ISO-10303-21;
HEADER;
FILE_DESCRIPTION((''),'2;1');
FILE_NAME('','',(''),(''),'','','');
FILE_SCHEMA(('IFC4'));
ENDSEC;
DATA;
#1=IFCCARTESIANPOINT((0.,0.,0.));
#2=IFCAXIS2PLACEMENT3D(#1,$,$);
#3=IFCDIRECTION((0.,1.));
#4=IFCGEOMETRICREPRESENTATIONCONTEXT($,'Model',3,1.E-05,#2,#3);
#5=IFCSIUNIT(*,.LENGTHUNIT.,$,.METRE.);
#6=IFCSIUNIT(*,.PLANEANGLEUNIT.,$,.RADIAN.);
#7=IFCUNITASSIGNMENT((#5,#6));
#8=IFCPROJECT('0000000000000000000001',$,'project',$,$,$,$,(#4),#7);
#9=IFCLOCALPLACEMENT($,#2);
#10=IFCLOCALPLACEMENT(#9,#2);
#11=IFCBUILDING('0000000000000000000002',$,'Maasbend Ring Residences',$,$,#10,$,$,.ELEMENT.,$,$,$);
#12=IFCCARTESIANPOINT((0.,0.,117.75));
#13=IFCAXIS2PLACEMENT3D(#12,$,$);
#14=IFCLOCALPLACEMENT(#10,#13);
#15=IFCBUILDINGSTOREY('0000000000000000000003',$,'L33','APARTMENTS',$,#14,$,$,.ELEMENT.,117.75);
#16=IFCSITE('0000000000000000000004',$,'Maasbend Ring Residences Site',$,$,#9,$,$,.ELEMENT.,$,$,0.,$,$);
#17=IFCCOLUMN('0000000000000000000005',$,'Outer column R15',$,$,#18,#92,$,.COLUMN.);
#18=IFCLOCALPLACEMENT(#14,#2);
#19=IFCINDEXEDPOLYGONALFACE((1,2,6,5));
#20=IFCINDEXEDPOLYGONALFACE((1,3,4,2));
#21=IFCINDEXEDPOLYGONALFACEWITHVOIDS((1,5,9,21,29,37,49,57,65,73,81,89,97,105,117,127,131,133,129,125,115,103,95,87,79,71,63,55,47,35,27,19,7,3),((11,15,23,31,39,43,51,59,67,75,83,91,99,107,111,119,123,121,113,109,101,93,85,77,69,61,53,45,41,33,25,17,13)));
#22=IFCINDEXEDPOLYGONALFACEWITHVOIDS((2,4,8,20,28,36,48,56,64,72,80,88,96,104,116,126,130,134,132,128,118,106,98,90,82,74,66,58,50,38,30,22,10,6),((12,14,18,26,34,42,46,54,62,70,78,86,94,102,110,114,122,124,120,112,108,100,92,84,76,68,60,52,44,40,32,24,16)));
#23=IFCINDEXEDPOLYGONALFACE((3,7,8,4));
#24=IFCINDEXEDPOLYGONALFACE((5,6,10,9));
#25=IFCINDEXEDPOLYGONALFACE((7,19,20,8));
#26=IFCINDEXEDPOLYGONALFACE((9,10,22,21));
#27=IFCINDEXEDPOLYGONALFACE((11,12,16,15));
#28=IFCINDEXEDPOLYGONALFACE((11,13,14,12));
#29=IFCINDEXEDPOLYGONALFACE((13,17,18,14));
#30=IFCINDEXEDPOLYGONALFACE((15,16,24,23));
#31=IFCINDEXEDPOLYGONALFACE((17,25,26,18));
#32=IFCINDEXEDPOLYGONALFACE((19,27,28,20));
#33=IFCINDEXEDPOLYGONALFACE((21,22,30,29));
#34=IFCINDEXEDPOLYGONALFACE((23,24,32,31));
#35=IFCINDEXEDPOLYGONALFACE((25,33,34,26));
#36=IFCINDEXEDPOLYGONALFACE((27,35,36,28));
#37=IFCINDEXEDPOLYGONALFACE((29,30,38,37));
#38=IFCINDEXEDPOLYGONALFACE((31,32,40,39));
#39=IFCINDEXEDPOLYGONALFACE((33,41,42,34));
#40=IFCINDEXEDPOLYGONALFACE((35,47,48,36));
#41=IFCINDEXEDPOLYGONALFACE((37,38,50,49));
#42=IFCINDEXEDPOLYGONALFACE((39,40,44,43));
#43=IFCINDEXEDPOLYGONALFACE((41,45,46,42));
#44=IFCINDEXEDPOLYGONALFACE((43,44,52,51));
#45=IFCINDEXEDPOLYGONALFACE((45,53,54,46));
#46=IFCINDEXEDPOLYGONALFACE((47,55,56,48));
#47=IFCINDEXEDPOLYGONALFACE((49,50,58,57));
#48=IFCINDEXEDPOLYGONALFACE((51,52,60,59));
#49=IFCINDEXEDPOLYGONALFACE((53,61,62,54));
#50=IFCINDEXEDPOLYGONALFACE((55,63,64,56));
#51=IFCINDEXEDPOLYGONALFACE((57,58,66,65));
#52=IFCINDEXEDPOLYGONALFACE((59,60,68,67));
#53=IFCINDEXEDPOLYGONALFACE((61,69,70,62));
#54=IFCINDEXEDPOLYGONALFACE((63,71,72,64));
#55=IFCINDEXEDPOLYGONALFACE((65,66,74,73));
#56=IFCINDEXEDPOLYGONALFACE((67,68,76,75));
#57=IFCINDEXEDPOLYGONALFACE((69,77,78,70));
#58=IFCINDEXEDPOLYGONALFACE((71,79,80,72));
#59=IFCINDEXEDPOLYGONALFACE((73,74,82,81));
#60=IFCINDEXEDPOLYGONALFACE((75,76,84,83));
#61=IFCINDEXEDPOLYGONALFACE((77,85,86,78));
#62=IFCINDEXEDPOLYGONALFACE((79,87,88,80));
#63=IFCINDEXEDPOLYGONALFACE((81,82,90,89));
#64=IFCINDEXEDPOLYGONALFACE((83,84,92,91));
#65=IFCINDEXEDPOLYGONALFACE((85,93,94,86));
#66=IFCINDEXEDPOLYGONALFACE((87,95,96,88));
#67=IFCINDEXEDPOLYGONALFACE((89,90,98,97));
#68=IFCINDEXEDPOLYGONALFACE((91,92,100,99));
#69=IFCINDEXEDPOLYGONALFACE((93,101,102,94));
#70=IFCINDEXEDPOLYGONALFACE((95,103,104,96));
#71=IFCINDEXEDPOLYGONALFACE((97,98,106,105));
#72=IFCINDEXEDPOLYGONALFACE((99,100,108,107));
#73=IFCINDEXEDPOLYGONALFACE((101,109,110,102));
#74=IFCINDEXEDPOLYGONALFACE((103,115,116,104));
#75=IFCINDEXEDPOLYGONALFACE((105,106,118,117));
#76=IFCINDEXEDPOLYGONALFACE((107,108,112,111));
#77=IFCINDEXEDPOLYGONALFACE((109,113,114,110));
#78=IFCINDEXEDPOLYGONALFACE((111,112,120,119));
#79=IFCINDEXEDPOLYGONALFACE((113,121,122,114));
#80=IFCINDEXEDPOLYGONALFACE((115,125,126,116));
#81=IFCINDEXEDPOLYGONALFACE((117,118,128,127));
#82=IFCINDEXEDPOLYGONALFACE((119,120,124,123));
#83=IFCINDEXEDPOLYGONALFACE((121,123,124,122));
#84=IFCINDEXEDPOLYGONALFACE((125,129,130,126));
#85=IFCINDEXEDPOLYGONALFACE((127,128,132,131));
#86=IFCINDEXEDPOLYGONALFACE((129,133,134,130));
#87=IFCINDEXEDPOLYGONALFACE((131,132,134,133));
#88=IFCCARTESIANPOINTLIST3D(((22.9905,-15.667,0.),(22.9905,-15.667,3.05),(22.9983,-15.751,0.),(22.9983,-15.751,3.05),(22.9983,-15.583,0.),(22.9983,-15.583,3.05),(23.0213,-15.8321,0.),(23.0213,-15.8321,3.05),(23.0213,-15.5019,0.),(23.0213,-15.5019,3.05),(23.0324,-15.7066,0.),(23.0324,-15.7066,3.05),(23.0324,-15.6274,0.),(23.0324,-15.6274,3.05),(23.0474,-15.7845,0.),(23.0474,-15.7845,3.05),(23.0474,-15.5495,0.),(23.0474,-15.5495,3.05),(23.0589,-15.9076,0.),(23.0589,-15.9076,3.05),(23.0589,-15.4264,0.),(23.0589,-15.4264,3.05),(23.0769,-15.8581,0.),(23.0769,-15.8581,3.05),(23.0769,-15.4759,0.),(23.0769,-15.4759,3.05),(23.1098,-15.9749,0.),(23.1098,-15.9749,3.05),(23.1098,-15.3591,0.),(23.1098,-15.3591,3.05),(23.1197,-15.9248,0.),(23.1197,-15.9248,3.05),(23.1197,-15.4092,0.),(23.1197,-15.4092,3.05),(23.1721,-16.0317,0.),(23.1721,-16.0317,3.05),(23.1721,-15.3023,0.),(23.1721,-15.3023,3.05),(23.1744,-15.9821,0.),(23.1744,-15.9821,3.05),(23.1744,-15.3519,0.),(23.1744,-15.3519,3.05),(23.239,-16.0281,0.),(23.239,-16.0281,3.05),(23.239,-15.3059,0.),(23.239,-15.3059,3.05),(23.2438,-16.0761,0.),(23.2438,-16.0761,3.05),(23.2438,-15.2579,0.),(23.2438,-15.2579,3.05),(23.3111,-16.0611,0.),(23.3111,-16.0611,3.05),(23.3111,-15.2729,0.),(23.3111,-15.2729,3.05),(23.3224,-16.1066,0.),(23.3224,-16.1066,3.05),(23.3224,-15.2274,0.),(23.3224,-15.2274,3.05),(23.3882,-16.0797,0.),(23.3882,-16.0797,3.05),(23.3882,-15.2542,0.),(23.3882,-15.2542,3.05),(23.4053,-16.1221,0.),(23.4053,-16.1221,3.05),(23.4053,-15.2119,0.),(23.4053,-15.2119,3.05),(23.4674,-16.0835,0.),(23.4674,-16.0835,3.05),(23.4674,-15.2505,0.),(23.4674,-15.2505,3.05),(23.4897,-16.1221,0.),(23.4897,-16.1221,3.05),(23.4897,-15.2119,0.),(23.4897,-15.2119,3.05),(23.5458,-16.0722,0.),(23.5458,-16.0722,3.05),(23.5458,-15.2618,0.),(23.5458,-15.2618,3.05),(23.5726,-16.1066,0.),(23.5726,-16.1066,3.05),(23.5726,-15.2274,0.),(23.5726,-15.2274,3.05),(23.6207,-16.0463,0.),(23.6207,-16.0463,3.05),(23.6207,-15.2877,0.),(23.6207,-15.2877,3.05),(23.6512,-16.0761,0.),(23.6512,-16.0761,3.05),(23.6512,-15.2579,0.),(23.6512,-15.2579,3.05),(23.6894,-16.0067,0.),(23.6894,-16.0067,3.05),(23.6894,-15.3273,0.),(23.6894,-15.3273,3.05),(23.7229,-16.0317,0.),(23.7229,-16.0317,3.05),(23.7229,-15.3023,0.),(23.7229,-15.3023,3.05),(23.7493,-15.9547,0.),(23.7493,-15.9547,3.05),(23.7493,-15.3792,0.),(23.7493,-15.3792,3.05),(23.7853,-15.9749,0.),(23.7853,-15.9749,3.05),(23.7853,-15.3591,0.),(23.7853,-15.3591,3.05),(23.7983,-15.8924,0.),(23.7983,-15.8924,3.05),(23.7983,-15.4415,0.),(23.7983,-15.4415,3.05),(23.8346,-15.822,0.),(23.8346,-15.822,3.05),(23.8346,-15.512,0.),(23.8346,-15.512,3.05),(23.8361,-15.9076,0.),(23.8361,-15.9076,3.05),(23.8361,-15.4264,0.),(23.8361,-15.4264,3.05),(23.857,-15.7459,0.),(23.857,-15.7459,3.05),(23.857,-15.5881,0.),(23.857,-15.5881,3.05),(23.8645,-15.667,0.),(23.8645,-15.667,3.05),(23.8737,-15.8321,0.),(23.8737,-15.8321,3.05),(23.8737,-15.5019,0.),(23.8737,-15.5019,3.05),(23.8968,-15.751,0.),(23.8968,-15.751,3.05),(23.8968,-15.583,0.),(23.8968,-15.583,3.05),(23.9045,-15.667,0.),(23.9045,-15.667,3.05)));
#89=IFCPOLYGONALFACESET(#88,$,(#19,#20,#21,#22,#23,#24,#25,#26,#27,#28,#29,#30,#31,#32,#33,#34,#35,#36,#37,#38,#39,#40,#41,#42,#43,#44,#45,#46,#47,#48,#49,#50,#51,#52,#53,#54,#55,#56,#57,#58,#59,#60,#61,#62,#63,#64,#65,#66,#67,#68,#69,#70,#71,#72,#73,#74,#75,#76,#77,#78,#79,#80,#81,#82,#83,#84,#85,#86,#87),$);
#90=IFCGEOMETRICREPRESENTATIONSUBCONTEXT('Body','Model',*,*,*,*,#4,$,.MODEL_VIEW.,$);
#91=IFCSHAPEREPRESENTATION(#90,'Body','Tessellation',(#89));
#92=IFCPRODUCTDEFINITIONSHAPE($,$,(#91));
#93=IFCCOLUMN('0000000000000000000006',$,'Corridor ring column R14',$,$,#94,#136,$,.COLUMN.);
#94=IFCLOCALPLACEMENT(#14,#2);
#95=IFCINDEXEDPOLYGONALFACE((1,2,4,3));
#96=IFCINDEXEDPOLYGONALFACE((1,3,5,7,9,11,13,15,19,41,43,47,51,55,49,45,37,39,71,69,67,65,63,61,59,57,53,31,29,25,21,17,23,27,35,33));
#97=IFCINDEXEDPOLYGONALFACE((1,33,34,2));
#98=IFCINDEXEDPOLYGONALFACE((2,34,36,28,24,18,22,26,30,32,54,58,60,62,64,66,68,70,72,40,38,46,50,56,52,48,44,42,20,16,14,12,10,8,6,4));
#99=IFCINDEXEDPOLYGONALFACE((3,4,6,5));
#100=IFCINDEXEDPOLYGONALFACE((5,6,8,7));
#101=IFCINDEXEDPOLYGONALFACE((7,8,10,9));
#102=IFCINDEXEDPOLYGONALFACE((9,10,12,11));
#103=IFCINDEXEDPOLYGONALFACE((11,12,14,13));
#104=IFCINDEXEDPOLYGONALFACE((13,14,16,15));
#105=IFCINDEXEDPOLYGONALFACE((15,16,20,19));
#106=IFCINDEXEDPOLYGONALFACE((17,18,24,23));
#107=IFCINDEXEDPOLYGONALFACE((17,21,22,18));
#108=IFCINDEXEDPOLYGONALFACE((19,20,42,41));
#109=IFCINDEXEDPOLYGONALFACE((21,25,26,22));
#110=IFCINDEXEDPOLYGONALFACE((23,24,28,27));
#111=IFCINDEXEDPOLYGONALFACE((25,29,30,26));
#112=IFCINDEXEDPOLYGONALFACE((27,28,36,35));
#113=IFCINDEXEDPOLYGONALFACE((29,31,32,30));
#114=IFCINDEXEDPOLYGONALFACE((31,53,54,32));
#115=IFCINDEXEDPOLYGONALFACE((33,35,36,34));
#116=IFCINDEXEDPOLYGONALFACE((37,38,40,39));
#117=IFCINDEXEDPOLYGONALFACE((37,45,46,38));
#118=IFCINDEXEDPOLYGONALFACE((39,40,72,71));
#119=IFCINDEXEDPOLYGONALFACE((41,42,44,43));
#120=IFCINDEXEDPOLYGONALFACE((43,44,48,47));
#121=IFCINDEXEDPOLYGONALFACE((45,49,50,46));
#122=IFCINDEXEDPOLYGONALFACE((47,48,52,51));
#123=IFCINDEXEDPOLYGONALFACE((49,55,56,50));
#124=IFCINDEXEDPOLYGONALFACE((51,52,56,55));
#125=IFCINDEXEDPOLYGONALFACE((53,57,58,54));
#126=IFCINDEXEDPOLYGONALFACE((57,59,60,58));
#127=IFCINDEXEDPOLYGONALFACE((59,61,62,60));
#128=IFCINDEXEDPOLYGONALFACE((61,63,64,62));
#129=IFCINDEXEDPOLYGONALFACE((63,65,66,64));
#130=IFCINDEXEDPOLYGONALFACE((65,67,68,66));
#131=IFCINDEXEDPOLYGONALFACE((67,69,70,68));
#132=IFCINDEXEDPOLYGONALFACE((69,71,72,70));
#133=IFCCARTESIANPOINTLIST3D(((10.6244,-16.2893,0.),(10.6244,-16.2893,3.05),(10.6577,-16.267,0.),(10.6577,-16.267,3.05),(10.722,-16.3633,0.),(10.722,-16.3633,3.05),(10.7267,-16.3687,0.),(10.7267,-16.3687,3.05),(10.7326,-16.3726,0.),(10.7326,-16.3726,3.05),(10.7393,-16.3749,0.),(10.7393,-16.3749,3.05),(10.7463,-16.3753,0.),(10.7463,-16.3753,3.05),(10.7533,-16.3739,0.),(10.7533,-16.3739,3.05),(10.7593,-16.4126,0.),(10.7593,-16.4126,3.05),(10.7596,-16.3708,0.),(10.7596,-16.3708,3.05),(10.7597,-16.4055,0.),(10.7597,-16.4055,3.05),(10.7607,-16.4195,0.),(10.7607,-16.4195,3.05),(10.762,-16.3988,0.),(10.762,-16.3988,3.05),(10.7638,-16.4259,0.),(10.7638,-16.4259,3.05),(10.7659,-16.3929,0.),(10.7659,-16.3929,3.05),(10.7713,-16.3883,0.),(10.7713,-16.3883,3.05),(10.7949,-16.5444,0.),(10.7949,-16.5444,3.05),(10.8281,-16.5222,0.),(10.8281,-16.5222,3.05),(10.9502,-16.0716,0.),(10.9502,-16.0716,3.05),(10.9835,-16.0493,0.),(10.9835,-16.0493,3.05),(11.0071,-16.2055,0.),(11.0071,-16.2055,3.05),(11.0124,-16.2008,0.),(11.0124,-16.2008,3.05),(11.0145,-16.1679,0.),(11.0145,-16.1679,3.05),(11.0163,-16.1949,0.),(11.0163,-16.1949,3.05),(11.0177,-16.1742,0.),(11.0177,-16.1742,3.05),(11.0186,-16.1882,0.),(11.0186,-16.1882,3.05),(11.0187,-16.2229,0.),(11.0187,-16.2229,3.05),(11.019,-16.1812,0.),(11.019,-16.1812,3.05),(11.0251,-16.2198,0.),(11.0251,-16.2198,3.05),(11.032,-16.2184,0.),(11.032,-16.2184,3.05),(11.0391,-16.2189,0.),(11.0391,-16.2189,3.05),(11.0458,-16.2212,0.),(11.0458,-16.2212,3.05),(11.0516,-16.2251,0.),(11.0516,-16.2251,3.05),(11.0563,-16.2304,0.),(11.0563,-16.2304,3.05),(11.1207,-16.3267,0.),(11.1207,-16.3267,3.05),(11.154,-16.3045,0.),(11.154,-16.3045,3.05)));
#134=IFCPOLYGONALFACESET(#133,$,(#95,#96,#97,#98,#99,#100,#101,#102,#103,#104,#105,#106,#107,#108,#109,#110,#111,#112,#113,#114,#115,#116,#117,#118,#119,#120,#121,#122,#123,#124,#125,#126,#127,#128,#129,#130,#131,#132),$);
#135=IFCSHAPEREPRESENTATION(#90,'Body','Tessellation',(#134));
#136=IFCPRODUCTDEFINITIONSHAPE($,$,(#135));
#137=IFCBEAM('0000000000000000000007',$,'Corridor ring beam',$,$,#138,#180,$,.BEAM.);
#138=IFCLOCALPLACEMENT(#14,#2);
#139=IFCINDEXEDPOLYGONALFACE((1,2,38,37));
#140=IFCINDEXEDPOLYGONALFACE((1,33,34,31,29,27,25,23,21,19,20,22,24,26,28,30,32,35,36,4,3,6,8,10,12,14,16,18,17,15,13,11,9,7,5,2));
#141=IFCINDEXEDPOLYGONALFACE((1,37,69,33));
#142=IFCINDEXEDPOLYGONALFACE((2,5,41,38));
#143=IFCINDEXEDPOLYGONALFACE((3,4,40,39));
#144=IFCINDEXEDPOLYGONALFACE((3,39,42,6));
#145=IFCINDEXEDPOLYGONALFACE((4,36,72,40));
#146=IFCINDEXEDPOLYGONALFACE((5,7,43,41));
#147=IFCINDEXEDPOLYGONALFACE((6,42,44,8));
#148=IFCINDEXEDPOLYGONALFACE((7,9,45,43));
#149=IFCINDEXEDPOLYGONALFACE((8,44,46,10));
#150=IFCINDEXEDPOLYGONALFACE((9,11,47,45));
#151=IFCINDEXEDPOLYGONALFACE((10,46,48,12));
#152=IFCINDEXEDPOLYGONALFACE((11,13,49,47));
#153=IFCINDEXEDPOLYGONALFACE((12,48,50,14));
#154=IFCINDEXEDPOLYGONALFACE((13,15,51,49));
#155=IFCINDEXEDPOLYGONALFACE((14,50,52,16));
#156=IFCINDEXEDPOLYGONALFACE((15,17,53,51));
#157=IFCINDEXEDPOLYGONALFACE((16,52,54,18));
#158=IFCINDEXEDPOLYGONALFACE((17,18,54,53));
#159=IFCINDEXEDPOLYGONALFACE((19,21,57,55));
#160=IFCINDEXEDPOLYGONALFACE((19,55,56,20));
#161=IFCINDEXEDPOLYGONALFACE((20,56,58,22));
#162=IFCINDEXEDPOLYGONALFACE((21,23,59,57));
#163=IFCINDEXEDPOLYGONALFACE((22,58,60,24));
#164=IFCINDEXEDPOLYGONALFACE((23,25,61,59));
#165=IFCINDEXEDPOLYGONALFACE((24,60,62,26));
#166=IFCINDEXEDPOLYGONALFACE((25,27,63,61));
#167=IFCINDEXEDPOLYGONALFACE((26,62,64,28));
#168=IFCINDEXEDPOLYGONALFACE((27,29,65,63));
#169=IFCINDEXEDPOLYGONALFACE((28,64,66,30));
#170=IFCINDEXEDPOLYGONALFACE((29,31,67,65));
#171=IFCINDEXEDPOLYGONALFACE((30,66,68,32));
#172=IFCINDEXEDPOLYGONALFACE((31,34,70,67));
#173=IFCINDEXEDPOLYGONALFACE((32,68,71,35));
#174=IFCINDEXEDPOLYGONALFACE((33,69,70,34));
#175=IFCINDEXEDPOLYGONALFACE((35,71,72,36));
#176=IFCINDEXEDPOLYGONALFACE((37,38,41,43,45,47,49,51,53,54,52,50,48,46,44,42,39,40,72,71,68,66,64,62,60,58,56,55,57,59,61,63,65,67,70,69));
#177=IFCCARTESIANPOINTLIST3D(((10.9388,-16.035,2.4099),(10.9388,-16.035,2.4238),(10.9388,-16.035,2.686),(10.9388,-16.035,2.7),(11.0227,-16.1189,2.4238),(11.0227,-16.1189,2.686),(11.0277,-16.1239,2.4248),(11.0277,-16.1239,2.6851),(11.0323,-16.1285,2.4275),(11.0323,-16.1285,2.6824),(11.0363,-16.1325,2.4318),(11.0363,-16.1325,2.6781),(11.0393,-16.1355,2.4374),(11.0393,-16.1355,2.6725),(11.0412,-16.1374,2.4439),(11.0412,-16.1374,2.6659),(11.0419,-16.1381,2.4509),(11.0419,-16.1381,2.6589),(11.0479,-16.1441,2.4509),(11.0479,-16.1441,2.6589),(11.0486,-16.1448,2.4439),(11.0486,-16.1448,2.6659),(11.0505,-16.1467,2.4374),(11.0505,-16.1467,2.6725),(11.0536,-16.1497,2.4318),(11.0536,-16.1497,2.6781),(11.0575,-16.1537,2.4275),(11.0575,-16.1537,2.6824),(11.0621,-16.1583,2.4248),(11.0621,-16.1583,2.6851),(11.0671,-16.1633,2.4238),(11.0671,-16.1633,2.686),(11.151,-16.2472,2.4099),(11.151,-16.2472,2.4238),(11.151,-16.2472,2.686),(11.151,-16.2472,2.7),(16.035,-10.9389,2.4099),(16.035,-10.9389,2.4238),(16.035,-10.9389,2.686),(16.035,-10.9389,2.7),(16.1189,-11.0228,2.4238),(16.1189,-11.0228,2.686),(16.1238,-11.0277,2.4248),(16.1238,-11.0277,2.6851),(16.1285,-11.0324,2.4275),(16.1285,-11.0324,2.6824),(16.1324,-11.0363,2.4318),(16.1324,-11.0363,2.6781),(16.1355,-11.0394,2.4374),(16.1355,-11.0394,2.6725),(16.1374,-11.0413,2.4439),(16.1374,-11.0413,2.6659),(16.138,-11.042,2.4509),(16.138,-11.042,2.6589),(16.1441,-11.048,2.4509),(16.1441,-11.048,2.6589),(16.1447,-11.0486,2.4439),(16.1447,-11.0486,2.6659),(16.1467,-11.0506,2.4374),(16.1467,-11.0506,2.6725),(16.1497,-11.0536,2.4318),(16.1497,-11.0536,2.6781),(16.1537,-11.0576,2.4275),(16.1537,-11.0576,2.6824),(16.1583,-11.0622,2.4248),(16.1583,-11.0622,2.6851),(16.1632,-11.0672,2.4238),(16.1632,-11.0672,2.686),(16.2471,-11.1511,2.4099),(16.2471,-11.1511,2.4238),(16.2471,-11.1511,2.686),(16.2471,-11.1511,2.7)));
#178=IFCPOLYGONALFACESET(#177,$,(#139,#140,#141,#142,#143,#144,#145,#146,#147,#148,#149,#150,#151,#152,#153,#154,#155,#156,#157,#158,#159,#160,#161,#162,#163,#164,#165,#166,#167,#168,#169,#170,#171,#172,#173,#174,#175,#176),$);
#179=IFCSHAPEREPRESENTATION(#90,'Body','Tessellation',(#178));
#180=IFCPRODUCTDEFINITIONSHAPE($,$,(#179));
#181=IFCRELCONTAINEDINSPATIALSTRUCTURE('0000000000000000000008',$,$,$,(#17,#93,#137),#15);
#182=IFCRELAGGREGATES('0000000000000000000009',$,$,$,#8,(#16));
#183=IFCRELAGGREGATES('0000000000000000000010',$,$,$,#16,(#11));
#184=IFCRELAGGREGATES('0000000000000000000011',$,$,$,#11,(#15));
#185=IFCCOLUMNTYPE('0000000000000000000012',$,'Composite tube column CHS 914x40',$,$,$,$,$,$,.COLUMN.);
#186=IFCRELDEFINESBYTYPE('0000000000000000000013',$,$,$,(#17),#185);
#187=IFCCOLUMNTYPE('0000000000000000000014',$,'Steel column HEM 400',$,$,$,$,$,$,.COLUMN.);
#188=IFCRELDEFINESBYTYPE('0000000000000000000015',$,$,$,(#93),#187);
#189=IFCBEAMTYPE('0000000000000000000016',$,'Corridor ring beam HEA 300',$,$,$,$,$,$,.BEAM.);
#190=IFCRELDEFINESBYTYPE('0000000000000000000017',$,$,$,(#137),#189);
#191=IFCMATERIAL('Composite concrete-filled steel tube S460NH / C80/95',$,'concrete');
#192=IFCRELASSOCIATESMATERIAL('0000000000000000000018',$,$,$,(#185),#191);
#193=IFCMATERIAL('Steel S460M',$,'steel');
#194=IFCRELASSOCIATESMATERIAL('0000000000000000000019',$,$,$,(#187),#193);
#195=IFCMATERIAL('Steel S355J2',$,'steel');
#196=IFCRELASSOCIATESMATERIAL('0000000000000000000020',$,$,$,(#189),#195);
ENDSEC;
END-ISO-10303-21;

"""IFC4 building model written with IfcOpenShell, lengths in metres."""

from ifc_helpers import new_model, si_unit, direction, frame, origin, origin_2d, place, context, subcontext, project, spatial, hollow_circle, i_section, extrude, material, material_profile, profile_set, type_object, element, save


model = new_model("IFC4")

# Units and contexts
model_context = context("Model", 3, precision=1e-05, world=origin(), true_north=direction((0.0, 1.0)))
body_context = subcontext(model_context, "Body", "Model", "MODEL_VIEW")
ifc_project = project(units=[si_unit("LENGTHUNIT", "METRE"), si_unit("PLANEANGLEUNIT", "RADIAN")], contexts=[model_context])

# Site, building, storey
site_placement = place(None, origin())
site = spatial("IfcSite", under=ifc_project, at=site_placement, Name="Maasbend Ring Residences Site", CompositionType="ELEMENT", RefElevation=0.0)
building_placement = place(site_placement, origin())
building = spatial("IfcBuilding", under=site, at=building_placement, Name="Maasbend Ring Residences", CompositionType="ELEMENT")
storey_placement = place(building_placement, frame((0.0, 0.0, 117.75)))
storey = spatial("IfcBuildingStorey", under=building, at=storey_placement, Name="L33", Description="APARTMENTS", CompositionType="ELEMENT", Elevation=117.75)

# Columns
ifc_material_1 = material(Name="Composite concrete-filled steel tube S460NH / C80/95", Category="concrete")
ifc_material_profile_1 = material_profile(ifc_material_1, hollow_circle(Radius=0.457, WallThickness=0.04, at=origin_2d()), Name="Composite tube column CHS 914x40")
ifc_profile_set_1 = profile_set([ifc_material_profile_1], Name="Composite concrete-filled steel tube S460NH / C80/95")
column_type_1 = type_object("IfcColumnType", Name="Composite tube column CHS 914x40", PredefinedType="COLUMN", material=ifc_profile_set_1)
column_1_placement = place(storey_placement, frame((23.4475, -15.667, 0.0), z_axis=(0.0, 0.0, 1.0), x_axis=(1.0, 0.0, 0.0)))
element("IfcColumn", 1, at=column_1_placement, inside=storey, type_object=column_type_1, Name="Outer column R15", PredefinedType="COLUMN", context=body_context, shape_type="SweptSolid", body=[
    extrude(hollow_circle(Radius=0.457, WallThickness=0.04, at=origin_2d()), origin(), (0.0, 0.0, 1.0), 3.05),
])
ifc_material_2 = material(Name="Steel S460M", Category="steel")
ifc_material_profile_2 = material_profile(ifc_material_2, i_section(OverallWidth=0.3069, OverallDepth=0.4319, WebThickness=0.021, FlangeThickness=0.04, FilletRadius=0.0271, at=origin_2d()), Name="HEM 400")
ifc_profile_set_2 = profile_set([ifc_material_profile_2], Name="Steel S460M")
column_type_2 = type_object("IfcColumnType", Name="Steel column HEM 400", PredefinedType="COLUMN", material=ifc_profile_set_2)
column_2_placement = place(storey_placement, frame((10.8892, -16.2969, 0.0), z_axis=(0.0, 0.0, 1.0), x_axis=(0.55557, -0.83147, 0.0)))
element("IfcColumn", 2, at=column_2_placement, inside=storey, type_object=column_type_2, Name="Corridor ring column R14", PredefinedType="COLUMN", context=body_context, shape_type="SweptSolid", body=[
    extrude(i_section(OverallWidth=0.3069, OverallDepth=0.4319, WebThickness=0.021, FlangeThickness=0.04, FilletRadius=0.0271, at=origin_2d()), origin(), (0.0, 0.0, 1.0), 3.05),
])

# Beam
ifc_material_3 = material(Name="Steel S355J2", Category="steel")
ifc_material_profile_3 = material_profile(ifc_material_3, i_section(OverallWidth=0.3, OverallDepth=0.29, WebThickness=0.0085, FlangeThickness=0.0139, FilletRadius=0.0271, at=origin_2d()), Name="HEA 300")
ifc_profile_set_3 = profile_set([ifc_material_profile_3], Name="Steel S355J2")
beam_type = type_object("IfcBeamType", Name="Corridor ring beam HEA 300", PredefinedType="BEAM", material=ifc_profile_set_3)
beam_placement = place(storey_placement, frame((11.0449, -16.1411, 2.5549), z_axis=(0.707107, 0.707107, 0.0), x_axis=(-0.707107, 0.707107, 0.0)))
element("IfcBeam", 3, at=beam_placement, inside=storey, type_object=beam_type, Name="Corridor ring beam", PredefinedType="BEAM", context=body_context, shape_type="SweptSolid", body=[
    extrude(i_section(OverallWidth=0.3, OverallDepth=0.29, WebThickness=0.0085, FlangeThickness=0.0139, FilletRadius=0.0271, at=origin_2d()), origin(), (0.0, 0.0, 1.0), 7.207),
])

save(model, "model.ifc")
